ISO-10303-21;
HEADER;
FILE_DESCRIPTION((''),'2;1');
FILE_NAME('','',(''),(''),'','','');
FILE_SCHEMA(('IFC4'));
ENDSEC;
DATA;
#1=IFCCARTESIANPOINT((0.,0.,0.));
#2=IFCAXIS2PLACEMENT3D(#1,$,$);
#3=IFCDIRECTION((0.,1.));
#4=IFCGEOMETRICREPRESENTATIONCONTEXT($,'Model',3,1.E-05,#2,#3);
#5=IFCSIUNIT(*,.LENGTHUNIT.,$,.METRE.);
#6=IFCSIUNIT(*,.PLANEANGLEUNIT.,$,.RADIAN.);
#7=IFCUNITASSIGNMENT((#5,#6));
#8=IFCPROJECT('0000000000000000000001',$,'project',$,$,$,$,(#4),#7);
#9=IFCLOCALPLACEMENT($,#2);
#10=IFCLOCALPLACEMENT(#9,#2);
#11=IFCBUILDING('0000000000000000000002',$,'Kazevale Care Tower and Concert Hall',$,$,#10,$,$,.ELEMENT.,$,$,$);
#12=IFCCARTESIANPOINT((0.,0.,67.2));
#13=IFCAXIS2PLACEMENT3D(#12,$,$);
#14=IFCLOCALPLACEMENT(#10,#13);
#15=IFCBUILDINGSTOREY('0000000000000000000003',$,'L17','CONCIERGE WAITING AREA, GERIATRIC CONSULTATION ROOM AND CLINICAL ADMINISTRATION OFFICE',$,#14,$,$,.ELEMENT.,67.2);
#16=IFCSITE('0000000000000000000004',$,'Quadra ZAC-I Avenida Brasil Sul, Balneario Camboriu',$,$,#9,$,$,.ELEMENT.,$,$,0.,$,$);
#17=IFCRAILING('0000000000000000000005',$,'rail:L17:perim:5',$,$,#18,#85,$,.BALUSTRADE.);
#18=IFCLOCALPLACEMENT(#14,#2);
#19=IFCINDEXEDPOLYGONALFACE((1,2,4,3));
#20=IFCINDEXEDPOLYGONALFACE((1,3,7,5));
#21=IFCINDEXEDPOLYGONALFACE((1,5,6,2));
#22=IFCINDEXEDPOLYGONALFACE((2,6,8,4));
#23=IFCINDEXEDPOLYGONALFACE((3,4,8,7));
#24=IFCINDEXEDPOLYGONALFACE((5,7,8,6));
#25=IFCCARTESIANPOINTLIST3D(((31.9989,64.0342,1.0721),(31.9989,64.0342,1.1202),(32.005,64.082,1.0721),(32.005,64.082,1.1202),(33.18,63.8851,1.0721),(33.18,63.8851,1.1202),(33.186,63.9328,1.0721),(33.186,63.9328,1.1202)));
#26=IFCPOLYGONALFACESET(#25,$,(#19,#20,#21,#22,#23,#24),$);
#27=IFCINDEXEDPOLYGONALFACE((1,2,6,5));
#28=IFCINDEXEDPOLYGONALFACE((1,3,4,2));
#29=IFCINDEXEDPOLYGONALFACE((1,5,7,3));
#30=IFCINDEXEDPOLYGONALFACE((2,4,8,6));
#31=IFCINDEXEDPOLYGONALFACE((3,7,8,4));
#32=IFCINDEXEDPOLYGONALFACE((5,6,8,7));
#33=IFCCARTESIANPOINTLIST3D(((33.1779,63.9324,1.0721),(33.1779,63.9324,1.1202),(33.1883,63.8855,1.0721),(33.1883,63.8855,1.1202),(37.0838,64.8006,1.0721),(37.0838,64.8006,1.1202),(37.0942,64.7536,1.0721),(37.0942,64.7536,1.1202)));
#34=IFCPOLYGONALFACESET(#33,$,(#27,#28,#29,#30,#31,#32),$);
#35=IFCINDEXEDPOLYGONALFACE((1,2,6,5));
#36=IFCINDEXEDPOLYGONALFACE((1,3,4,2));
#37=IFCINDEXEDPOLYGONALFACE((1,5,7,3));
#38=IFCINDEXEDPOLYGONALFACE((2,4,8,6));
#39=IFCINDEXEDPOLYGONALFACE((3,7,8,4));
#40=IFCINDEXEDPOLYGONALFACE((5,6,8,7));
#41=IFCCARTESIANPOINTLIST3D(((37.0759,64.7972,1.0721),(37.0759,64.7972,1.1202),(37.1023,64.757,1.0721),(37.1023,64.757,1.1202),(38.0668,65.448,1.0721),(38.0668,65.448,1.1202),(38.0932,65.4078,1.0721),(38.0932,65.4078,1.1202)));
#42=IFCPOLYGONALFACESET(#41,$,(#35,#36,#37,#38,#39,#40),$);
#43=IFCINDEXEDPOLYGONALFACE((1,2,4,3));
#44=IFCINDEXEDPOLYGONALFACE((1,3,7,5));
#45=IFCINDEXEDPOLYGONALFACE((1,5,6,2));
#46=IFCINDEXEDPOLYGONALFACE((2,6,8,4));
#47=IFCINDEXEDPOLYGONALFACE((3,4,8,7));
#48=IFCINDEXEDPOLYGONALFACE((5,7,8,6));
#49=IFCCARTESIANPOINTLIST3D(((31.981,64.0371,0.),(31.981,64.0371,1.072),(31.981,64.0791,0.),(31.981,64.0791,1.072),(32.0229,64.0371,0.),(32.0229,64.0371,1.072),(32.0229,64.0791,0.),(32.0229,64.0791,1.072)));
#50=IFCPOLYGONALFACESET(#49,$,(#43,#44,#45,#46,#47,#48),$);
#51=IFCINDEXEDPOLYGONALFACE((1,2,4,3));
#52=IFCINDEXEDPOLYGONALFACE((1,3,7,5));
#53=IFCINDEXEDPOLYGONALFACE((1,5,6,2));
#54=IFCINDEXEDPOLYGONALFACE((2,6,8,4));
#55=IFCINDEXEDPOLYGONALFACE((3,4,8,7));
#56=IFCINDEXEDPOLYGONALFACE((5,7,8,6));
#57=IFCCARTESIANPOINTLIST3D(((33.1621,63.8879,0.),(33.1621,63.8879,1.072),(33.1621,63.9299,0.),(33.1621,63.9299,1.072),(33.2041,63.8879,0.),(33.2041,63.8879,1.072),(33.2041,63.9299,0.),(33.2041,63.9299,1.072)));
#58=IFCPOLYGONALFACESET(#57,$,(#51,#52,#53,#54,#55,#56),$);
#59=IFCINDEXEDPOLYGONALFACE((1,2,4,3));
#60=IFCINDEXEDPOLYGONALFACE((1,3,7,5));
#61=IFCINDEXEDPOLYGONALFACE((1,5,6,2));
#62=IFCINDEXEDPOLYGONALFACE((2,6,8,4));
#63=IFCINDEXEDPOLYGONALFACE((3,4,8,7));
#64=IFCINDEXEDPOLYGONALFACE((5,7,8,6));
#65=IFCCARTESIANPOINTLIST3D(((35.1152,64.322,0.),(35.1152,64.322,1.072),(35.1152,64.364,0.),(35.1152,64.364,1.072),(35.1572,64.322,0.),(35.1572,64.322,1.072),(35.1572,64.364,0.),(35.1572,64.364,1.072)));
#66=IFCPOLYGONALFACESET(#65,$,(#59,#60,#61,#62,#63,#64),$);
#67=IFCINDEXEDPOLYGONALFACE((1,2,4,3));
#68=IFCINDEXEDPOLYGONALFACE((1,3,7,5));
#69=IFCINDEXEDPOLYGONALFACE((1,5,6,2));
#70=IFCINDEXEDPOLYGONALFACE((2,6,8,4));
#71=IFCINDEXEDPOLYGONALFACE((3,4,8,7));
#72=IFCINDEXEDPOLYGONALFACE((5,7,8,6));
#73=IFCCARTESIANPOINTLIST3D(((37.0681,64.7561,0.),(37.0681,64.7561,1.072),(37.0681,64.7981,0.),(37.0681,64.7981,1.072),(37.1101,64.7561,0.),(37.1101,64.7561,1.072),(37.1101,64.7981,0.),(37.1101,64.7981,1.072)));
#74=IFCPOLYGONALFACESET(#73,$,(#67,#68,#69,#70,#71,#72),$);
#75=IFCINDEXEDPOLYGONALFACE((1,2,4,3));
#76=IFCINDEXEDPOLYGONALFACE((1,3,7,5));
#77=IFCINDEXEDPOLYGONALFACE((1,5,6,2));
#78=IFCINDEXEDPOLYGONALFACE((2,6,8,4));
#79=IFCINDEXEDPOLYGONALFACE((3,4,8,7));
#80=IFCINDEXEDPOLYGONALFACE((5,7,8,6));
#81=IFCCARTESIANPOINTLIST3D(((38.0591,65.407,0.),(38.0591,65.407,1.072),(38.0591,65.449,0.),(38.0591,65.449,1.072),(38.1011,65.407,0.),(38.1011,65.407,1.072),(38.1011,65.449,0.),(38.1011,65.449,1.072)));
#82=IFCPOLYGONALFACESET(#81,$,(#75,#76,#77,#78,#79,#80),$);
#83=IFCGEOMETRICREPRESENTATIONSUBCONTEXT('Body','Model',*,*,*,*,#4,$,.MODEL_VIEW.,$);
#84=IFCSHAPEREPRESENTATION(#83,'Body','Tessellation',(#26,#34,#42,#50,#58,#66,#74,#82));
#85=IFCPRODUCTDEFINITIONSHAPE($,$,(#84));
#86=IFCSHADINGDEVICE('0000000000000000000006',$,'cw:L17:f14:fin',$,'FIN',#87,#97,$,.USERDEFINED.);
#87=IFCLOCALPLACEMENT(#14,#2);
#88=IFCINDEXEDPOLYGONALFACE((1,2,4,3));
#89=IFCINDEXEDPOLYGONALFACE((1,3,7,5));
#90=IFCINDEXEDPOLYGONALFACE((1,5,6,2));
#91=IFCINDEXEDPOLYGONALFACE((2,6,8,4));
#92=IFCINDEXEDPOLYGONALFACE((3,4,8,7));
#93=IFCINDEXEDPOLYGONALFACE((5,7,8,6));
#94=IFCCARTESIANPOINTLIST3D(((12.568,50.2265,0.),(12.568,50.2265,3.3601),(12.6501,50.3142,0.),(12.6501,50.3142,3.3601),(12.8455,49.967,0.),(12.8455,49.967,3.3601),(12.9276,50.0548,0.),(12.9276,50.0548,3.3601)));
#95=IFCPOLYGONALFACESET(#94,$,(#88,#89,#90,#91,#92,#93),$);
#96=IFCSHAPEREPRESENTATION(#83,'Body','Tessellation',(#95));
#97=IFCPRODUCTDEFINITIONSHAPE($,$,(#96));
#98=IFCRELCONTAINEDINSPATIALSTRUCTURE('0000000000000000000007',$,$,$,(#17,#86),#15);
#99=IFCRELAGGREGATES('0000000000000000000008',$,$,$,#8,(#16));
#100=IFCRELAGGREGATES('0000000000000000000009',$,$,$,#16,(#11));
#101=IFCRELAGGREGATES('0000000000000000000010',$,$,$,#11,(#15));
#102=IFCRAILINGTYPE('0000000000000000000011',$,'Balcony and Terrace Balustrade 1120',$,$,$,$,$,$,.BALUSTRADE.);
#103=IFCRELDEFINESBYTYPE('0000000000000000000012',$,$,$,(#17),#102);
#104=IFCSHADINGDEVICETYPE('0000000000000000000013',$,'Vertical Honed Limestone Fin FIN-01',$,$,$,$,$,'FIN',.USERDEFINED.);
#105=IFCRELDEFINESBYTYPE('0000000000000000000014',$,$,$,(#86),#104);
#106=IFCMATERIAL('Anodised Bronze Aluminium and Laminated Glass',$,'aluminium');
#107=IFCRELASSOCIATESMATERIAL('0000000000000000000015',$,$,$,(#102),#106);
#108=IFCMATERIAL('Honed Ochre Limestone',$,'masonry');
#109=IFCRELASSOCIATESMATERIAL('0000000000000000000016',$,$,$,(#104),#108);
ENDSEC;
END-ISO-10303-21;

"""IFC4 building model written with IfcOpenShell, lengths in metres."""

from ifc_helpers import new_model, si_unit, direction, frame, origin, origin_2d, place, context, subcontext, project, spatial, rectangle, extrude, material, type_object, element, save


model = new_model("IFC4")

# Units and contexts
model_context = context("Model", 3, precision=1e-05, world=origin(), true_north=direction((0.0, 1.0)))
body_context = subcontext(model_context, "Body", "Model", "MODEL_VIEW")
ifc_project = project(units=[si_unit("LENGTHUNIT", "METRE"), si_unit("PLANEANGLEUNIT", "RADIAN")], contexts=[model_context])

# Site, building, storey
site_placement = place(None, origin())
site = spatial("IfcSite", under=ifc_project, at=site_placement, Name="Quadra ZAC-I Avenida Brasil Sul, Balneario Camboriu", CompositionType="ELEMENT", RefElevation=0.0)
building_placement = place(site_placement, origin())
building = spatial("IfcBuilding", under=site, at=building_placement, Name="Kazevale Care Tower and Concert Hall", CompositionType="ELEMENT")
storey_placement = place(building_placement, frame((0.0, 0.0, 67.2)))
storey = spatial("IfcBuildingStorey", under=building, at=storey_placement, Name="L17", Description="CONCIERGE WAITING AREA, GERIATRIC CONSULTATION ROOM AND CLINICAL ADMINISTRATION OFFICE", CompositionType="ELEMENT", Elevation=67.2)

# Railing
ifc_material_1 = material(Name="Anodised Bronze Aluminium and Laminated Glass", Category="aluminium")
railing_type = type_object("IfcRailingType", Name="Balcony and Terrace Balustrade 1120", PredefinedType="BALUSTRADE", material=ifc_material_1)
railing_1_placement = place(storey_placement, frame((32.002, 64.0581, 0.0)))
element("IfcRailing", 1, at=railing_1_placement, inside=storey, type_object=railing_type, Name="rail:L17:perim:5", PredefinedType="BALUSTRADE", context=body_context, shape_type="SweptSolid", body=[
    extrude(rectangle(XDim=0.0481, YDim=0.0481, at=origin_2d()), frame((0.0, 0.0, 1.0962), z_axis=(0.992119, -0.125297, 0.0), x_axis=(0.125297, 0.992119, 0.0)), (0.0, 0.0, 1.0), 1.1904),
    extrude(rectangle(XDim=0.0481, YDim=0.0481, at=origin_2d()), frame((1.1812, -0.1492, 1.0962), z_axis=(0.976178, 0.216969, 0.0), x_axis=(-0.216969, 0.976178, 0.0)), (0.0, 0.0, 1.0), 4.0012),
    extrude(rectangle(XDim=0.0481, YDim=0.0481, at=origin_2d()), frame((5.0872, 0.719, 1.0962), z_axis=(0.835832, 0.548985, 0.0), x_axis=(-0.548985, 0.835832, 0.0)), (0.0, 0.0, 1.0), 1.1855),
    extrude(rectangle(XDim=0.042, YDim=0.042, at=origin_2d()), origin(), (0.0, 0.0, 1.0), 1.072),
    extrude(rectangle(XDim=0.042, YDim=0.042, at=origin_2d()), frame((1.1812, -0.1492, 0.0)), (0.0, 0.0, 1.0), 1.072),
    extrude(rectangle(XDim=0.042, YDim=0.042, at=origin_2d()), frame((3.1343, 0.2849, 0.0)), (0.0, 0.0, 1.0), 1.072),
    extrude(rectangle(XDim=0.042, YDim=0.042, at=origin_2d()), frame((5.0872, 0.719, 0.0)), (0.0, 0.0, 1.0), 1.072),
    extrude(rectangle(XDim=0.042, YDim=0.042, at=origin_2d()), frame((6.0781, 1.3699, 0.0)), (0.0, 0.0, 1.0), 1.072),
])

# Shading device
ifc_material_2 = material(Name="Honed Ochre Limestone", Category="masonry")
shading_device_type = type_object("IfcShadingDeviceType", Name="Vertical Honed Limestone Fin FIN-01", ElementType="FIN", PredefinedType="USERDEFINED", material=ifc_material_2)
shading_device_placement = place(storey_placement, frame((12.7478, 50.1406, 0.0), z_axis=(0.0, 0.0, 1.0), x_axis=(-0.730401, 0.683019, 0.0)))
element("IfcShadingDevice", 2, at=shading_device_placement, inside=storey, type_object=shading_device_type, Name="cw:L17:f14:fin", ObjectType="FIN", PredefinedType="USERDEFINED", context=body_context, shape_type="SweptSolid", body=[
    extrude(rectangle(XDim=0.3799, YDim=0.1201, at=origin_2d()), origin(), (0.0, 0.0, 1.0), 3.3601),
])

save(model, "model.ifc")
